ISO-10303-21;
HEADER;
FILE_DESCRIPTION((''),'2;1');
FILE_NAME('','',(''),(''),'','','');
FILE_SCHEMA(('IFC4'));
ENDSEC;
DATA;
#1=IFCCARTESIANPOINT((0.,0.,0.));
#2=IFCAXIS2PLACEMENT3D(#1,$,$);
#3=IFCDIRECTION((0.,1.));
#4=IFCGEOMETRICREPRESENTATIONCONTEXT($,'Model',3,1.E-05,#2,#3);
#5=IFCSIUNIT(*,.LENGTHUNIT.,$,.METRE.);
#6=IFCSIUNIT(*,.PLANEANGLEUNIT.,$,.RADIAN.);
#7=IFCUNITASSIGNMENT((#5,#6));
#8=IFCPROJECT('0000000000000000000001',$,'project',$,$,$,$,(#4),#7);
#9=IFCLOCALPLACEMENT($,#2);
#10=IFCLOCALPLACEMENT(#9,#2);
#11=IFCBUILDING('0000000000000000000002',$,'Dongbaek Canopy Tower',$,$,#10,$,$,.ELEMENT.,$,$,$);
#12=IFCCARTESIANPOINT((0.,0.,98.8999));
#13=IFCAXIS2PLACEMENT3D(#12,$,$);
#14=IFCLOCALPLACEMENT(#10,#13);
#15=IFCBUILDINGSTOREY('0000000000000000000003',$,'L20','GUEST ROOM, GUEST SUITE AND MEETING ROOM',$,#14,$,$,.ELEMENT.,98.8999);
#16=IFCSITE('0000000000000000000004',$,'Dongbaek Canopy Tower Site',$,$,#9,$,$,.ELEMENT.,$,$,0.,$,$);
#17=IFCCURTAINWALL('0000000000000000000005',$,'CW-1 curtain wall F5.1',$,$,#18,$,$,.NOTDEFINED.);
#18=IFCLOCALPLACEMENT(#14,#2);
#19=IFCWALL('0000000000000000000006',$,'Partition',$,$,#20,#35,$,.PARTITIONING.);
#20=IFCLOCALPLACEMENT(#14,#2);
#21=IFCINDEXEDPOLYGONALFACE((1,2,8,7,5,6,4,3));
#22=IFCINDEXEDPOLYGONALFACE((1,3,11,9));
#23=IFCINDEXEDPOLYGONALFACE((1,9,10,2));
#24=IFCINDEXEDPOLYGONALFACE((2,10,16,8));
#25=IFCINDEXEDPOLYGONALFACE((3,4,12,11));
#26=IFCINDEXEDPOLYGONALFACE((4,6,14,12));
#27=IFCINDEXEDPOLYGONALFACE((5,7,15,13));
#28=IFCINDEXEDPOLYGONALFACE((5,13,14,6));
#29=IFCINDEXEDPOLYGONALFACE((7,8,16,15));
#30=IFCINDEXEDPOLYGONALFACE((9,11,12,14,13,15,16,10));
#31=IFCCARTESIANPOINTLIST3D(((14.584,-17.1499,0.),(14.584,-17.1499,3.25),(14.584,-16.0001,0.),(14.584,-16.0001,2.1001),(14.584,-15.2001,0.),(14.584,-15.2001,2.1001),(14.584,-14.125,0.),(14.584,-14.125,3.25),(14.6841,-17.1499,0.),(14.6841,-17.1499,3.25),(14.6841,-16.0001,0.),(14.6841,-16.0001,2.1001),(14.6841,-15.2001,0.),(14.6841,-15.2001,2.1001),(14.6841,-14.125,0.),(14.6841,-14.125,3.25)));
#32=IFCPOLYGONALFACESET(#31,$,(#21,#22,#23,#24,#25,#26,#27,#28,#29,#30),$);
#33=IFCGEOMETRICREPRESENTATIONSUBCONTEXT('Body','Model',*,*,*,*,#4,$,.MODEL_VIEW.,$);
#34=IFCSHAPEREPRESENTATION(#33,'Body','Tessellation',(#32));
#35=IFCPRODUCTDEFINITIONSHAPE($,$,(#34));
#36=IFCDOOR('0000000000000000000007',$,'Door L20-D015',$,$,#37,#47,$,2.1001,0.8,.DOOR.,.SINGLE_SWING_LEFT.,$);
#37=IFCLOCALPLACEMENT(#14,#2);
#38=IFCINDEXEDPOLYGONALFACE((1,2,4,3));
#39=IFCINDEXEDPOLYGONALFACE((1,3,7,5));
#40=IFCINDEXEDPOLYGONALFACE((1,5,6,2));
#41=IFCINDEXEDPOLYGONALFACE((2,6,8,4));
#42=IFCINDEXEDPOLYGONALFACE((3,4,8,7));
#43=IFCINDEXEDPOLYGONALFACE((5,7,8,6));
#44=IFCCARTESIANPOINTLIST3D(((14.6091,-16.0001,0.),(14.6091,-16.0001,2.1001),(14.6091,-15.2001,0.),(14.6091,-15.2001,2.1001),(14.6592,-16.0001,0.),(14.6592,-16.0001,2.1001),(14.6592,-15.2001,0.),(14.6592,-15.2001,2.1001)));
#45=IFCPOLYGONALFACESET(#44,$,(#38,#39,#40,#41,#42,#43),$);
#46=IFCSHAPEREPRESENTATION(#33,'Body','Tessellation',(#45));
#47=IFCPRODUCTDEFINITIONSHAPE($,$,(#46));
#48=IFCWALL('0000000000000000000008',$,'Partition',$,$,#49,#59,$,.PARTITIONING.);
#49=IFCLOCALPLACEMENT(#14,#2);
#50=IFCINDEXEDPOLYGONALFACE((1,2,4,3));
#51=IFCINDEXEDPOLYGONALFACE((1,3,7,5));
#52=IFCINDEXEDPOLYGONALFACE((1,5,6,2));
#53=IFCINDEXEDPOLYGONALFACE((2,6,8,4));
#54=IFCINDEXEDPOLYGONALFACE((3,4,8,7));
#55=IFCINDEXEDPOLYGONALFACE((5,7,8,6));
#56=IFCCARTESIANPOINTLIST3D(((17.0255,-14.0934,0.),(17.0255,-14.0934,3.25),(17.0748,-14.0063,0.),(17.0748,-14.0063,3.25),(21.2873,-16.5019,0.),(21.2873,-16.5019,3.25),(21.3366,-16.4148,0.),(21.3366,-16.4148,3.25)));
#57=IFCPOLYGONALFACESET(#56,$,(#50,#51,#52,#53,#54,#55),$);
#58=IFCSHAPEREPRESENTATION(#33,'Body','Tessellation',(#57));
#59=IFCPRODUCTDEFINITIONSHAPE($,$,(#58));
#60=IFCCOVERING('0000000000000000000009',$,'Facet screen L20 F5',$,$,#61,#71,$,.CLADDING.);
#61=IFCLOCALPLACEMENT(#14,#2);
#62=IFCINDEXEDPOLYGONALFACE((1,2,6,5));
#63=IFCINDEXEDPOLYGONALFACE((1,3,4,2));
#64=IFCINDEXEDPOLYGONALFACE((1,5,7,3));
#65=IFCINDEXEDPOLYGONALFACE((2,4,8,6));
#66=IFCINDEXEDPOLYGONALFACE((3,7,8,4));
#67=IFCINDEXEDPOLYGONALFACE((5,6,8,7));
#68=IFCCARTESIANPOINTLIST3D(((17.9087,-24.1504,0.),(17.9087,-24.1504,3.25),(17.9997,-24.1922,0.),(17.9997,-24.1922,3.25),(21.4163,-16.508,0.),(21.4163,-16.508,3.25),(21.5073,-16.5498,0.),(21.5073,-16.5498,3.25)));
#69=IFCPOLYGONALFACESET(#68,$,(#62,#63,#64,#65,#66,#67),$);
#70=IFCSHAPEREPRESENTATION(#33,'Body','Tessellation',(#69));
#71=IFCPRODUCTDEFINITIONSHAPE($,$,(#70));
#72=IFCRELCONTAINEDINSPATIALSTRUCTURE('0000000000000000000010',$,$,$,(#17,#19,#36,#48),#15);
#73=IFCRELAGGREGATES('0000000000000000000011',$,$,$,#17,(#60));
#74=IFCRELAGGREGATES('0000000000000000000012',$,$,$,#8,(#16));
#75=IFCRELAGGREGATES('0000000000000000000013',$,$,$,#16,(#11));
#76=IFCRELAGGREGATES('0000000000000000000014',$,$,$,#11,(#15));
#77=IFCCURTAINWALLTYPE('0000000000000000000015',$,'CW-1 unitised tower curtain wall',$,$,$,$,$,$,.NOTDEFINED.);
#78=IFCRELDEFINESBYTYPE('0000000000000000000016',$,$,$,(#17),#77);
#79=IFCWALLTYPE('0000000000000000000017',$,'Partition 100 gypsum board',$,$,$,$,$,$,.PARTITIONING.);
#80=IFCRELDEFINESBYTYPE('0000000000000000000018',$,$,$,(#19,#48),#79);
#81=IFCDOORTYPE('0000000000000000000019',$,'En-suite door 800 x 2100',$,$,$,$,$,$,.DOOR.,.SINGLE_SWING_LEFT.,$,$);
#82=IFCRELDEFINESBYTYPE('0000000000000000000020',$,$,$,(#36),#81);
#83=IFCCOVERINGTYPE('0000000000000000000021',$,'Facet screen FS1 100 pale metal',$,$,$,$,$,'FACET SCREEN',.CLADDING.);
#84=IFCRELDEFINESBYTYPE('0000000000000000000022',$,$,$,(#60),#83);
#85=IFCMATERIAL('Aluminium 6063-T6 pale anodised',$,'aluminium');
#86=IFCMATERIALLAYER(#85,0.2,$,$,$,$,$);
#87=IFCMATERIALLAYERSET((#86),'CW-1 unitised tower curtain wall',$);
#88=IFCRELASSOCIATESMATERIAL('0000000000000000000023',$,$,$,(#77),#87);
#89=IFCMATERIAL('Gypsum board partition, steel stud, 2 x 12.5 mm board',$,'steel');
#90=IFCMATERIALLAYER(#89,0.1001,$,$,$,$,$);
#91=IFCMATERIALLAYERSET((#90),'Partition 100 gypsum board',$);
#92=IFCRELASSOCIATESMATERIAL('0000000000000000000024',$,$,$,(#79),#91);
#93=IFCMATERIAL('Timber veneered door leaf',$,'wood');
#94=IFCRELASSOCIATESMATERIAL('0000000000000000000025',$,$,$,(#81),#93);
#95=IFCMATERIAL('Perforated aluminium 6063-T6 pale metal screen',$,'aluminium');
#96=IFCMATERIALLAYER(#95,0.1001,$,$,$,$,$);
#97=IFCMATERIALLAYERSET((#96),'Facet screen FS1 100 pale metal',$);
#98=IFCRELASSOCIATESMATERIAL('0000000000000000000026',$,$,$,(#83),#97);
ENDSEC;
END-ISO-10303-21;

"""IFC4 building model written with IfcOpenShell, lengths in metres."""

from ifc_helpers import new_model, si_unit, direction, frame, frame_2d, origin, origin_2d, place, context, subcontext, project, spatial, rectangle, extrude, material, layer, layer_set, type_object, element, fill, aggregate, save


model = new_model("IFC4")

# Units and contexts
model_context = context("Model", 3, precision=1e-05, world=origin(), true_north=direction((0.0, 1.0)))
body_context = subcontext(model_context, "Body", "Model", "MODEL_VIEW")
ifc_project = project(units=[si_unit("LENGTHUNIT", "METRE"), si_unit("PLANEANGLEUNIT", "RADIAN")], contexts=[model_context])

# Site, building, storey
site_placement = place(None, origin())
site = spatial("IfcSite", under=ifc_project, at=site_placement, Name="Dongbaek Canopy Tower Site", CompositionType="ELEMENT", RefElevation=0.0)
building_placement = place(site_placement, origin())
building = spatial("IfcBuilding", under=site, at=building_placement, Name="Dongbaek Canopy Tower", CompositionType="ELEMENT")
storey_placement = place(building_placement, frame((0.0, 0.0, 98.8999)))
storey = spatial("IfcBuildingStorey", under=building, at=storey_placement, Name="L20", Description="GUEST ROOM, GUEST SUITE AND MEETING ROOM", CompositionType="ELEMENT", Elevation=98.8999)

# Curtain wall
ifc_material_1 = material(Name="Aluminium 6063-T6 pale anodised", Category="aluminium")
ifc_layer_1 = layer(ifc_material_1, 0.2)
ifc_layer_set_1 = layer_set([ifc_layer_1], Name="CW-1 unitised tower curtain wall")
curtain_wall_type = type_object("IfcCurtainWallType", Name="CW-1 unitised tower curtain wall", PredefinedType="NOTDEFINED", material=ifc_layer_set_1)
curtain_wall_placement = place(storey_placement, origin())
curtain_wall = element("IfcCurtainWall", 1, at=curtain_wall_placement, inside=storey, type_object=curtain_wall_type, Name="CW-1 curtain wall F5.1", PredefinedType="NOTDEFINED")

# Wall, opening, door
ifc_material_2 = material(Name="Gypsum board partition, steel stud, 2 x 12.5 mm board", Category="steel")
ifc_layer_2 = layer(ifc_material_2, 0.1001)
ifc_layer_set_2 = layer_set([ifc_layer_2], Name="Partition 100 gypsum board")
wall_type_1 = type_object("IfcWallType", Name="Partition 100 gypsum board", PredefinedType="PARTITIONING", material=ifc_layer_set_2)
wall_1_placement = place(storey_placement, frame((14.634, -17.1499, 0.0), z_axis=(0.0, 0.0, 1.0), x_axis=(0.0, 1.0, 0.0)))
wall_1 = element("IfcWall", 2, at=wall_1_placement, inside=storey, type_object=wall_type_1, Name="Partition", PredefinedType="PARTITIONING", context=body_context, shape_type="SweptSolid", body=[
    extrude(rectangle(XDim=3.0249, YDim=0.1001, at=frame_2d((1.5125, 0.0))), origin(), (0.0, 0.0, 1.0), 3.25),
])
opening_1_placement = place(wall_1_placement, frame((1.1499, 0.0, 0.0)))
opening_1 = element("IfcOpeningElement", 3, at=opening_1_placement, cuts=wall_1, PredefinedType="OPENING", context=body_context, shape_type="SweptSolid", body=[
    extrude(rectangle(XDim=0.8, YDim=2.1001, at=frame_2d((0.3999, 1.05))), frame((0.0, 0.0601, 0.0), z_axis=(0.0, -1.0, 0.0), x_axis=(1.0, 0.0, 0.0)), (0.0, 0.0, 1.0), 0.1201),
])
ifc_material_3 = material(Name="Timber veneered door leaf", Category="wood")
door_type_1 = type_object("IfcDoorType", Name="En-suite door 800 x 2100", OperationType="SINGLE_SWING_LEFT", PredefinedType="DOOR", material=ifc_material_3)
door_1_placement = place(opening_1_placement, origin())
door_1 = element("IfcDoor", 4, at=door_1_placement, inside=storey, type_object=door_type_1, Name="Door L20-D015", OperationType="SINGLE_SWING_LEFT", OverallHeight=2.1001, OverallWidth=0.8, PredefinedType="DOOR", context=body_context, shape_type="SweptSolid", body=[
    extrude(rectangle(XDim=0.8, YDim=2.1001, at=frame_2d((0.3999, 1.05))), frame((0.0, 0.0249, 0.0), z_axis=(0.0, -1.0, 0.0), x_axis=(1.0, 0.0, 0.0)), (0.0, 0.0, 1.0), 0.05),
])
fill(opening_1, door_1)

# Wall
wall_2_placement = place(storey_placement, frame((17.05, -14.0498, 0.0), z_axis=(0.0, 0.0, 1.0), x_axis=(0.870593, -0.492003, 0.0)))
element("IfcWall", 5, at=wall_2_placement, inside=storey, type_object=wall_type_1, Name="Partition", PredefinedType="PARTITIONING", context=body_context, shape_type="SweptSolid", body=[
    extrude(rectangle(XDim=4.8953, YDim=0.1001, at=frame_2d((2.4478, 0.0))), origin(), (0.0, 0.0, 1.0), 3.25),
])

# Covering
ifc_material_4 = material(Name="Perforated aluminium 6063-T6 pale metal screen", Category="aluminium")
ifc_layer_3 = layer(ifc_material_4, 0.1001)
ifc_layer_set_3 = layer_set([ifc_layer_3], Name="Facet screen FS1 100 pale metal")
covering_type = type_object("IfcCoveringType", Name="Facet screen FS1 100 pale metal", ElementType="FACET SCREEN", PredefinedType="CLADDING", material=ifc_layer_set_3)
covering_placement = place(storey_placement, frame((19.708, -20.3501, 0.0), z_axis=(0.0, 0.0, 1.0), x_axis=(0.417126, 0.908848, 0.0)))
covering = element("IfcCovering", 6, at=covering_placement, type_object=covering_type, Name="Facet screen L20 F5", PredefinedType="CLADDING", context=body_context, shape_type="SweptSolid", body=[
    extrude(rectangle(XDim=8.4089, YDim=0.1001, at=origin_2d()), origin(), (0.0, 0.0, 1.0), 3.25),
])
aggregate(curtain_wall, [covering])

save(model, "model.ifc")
